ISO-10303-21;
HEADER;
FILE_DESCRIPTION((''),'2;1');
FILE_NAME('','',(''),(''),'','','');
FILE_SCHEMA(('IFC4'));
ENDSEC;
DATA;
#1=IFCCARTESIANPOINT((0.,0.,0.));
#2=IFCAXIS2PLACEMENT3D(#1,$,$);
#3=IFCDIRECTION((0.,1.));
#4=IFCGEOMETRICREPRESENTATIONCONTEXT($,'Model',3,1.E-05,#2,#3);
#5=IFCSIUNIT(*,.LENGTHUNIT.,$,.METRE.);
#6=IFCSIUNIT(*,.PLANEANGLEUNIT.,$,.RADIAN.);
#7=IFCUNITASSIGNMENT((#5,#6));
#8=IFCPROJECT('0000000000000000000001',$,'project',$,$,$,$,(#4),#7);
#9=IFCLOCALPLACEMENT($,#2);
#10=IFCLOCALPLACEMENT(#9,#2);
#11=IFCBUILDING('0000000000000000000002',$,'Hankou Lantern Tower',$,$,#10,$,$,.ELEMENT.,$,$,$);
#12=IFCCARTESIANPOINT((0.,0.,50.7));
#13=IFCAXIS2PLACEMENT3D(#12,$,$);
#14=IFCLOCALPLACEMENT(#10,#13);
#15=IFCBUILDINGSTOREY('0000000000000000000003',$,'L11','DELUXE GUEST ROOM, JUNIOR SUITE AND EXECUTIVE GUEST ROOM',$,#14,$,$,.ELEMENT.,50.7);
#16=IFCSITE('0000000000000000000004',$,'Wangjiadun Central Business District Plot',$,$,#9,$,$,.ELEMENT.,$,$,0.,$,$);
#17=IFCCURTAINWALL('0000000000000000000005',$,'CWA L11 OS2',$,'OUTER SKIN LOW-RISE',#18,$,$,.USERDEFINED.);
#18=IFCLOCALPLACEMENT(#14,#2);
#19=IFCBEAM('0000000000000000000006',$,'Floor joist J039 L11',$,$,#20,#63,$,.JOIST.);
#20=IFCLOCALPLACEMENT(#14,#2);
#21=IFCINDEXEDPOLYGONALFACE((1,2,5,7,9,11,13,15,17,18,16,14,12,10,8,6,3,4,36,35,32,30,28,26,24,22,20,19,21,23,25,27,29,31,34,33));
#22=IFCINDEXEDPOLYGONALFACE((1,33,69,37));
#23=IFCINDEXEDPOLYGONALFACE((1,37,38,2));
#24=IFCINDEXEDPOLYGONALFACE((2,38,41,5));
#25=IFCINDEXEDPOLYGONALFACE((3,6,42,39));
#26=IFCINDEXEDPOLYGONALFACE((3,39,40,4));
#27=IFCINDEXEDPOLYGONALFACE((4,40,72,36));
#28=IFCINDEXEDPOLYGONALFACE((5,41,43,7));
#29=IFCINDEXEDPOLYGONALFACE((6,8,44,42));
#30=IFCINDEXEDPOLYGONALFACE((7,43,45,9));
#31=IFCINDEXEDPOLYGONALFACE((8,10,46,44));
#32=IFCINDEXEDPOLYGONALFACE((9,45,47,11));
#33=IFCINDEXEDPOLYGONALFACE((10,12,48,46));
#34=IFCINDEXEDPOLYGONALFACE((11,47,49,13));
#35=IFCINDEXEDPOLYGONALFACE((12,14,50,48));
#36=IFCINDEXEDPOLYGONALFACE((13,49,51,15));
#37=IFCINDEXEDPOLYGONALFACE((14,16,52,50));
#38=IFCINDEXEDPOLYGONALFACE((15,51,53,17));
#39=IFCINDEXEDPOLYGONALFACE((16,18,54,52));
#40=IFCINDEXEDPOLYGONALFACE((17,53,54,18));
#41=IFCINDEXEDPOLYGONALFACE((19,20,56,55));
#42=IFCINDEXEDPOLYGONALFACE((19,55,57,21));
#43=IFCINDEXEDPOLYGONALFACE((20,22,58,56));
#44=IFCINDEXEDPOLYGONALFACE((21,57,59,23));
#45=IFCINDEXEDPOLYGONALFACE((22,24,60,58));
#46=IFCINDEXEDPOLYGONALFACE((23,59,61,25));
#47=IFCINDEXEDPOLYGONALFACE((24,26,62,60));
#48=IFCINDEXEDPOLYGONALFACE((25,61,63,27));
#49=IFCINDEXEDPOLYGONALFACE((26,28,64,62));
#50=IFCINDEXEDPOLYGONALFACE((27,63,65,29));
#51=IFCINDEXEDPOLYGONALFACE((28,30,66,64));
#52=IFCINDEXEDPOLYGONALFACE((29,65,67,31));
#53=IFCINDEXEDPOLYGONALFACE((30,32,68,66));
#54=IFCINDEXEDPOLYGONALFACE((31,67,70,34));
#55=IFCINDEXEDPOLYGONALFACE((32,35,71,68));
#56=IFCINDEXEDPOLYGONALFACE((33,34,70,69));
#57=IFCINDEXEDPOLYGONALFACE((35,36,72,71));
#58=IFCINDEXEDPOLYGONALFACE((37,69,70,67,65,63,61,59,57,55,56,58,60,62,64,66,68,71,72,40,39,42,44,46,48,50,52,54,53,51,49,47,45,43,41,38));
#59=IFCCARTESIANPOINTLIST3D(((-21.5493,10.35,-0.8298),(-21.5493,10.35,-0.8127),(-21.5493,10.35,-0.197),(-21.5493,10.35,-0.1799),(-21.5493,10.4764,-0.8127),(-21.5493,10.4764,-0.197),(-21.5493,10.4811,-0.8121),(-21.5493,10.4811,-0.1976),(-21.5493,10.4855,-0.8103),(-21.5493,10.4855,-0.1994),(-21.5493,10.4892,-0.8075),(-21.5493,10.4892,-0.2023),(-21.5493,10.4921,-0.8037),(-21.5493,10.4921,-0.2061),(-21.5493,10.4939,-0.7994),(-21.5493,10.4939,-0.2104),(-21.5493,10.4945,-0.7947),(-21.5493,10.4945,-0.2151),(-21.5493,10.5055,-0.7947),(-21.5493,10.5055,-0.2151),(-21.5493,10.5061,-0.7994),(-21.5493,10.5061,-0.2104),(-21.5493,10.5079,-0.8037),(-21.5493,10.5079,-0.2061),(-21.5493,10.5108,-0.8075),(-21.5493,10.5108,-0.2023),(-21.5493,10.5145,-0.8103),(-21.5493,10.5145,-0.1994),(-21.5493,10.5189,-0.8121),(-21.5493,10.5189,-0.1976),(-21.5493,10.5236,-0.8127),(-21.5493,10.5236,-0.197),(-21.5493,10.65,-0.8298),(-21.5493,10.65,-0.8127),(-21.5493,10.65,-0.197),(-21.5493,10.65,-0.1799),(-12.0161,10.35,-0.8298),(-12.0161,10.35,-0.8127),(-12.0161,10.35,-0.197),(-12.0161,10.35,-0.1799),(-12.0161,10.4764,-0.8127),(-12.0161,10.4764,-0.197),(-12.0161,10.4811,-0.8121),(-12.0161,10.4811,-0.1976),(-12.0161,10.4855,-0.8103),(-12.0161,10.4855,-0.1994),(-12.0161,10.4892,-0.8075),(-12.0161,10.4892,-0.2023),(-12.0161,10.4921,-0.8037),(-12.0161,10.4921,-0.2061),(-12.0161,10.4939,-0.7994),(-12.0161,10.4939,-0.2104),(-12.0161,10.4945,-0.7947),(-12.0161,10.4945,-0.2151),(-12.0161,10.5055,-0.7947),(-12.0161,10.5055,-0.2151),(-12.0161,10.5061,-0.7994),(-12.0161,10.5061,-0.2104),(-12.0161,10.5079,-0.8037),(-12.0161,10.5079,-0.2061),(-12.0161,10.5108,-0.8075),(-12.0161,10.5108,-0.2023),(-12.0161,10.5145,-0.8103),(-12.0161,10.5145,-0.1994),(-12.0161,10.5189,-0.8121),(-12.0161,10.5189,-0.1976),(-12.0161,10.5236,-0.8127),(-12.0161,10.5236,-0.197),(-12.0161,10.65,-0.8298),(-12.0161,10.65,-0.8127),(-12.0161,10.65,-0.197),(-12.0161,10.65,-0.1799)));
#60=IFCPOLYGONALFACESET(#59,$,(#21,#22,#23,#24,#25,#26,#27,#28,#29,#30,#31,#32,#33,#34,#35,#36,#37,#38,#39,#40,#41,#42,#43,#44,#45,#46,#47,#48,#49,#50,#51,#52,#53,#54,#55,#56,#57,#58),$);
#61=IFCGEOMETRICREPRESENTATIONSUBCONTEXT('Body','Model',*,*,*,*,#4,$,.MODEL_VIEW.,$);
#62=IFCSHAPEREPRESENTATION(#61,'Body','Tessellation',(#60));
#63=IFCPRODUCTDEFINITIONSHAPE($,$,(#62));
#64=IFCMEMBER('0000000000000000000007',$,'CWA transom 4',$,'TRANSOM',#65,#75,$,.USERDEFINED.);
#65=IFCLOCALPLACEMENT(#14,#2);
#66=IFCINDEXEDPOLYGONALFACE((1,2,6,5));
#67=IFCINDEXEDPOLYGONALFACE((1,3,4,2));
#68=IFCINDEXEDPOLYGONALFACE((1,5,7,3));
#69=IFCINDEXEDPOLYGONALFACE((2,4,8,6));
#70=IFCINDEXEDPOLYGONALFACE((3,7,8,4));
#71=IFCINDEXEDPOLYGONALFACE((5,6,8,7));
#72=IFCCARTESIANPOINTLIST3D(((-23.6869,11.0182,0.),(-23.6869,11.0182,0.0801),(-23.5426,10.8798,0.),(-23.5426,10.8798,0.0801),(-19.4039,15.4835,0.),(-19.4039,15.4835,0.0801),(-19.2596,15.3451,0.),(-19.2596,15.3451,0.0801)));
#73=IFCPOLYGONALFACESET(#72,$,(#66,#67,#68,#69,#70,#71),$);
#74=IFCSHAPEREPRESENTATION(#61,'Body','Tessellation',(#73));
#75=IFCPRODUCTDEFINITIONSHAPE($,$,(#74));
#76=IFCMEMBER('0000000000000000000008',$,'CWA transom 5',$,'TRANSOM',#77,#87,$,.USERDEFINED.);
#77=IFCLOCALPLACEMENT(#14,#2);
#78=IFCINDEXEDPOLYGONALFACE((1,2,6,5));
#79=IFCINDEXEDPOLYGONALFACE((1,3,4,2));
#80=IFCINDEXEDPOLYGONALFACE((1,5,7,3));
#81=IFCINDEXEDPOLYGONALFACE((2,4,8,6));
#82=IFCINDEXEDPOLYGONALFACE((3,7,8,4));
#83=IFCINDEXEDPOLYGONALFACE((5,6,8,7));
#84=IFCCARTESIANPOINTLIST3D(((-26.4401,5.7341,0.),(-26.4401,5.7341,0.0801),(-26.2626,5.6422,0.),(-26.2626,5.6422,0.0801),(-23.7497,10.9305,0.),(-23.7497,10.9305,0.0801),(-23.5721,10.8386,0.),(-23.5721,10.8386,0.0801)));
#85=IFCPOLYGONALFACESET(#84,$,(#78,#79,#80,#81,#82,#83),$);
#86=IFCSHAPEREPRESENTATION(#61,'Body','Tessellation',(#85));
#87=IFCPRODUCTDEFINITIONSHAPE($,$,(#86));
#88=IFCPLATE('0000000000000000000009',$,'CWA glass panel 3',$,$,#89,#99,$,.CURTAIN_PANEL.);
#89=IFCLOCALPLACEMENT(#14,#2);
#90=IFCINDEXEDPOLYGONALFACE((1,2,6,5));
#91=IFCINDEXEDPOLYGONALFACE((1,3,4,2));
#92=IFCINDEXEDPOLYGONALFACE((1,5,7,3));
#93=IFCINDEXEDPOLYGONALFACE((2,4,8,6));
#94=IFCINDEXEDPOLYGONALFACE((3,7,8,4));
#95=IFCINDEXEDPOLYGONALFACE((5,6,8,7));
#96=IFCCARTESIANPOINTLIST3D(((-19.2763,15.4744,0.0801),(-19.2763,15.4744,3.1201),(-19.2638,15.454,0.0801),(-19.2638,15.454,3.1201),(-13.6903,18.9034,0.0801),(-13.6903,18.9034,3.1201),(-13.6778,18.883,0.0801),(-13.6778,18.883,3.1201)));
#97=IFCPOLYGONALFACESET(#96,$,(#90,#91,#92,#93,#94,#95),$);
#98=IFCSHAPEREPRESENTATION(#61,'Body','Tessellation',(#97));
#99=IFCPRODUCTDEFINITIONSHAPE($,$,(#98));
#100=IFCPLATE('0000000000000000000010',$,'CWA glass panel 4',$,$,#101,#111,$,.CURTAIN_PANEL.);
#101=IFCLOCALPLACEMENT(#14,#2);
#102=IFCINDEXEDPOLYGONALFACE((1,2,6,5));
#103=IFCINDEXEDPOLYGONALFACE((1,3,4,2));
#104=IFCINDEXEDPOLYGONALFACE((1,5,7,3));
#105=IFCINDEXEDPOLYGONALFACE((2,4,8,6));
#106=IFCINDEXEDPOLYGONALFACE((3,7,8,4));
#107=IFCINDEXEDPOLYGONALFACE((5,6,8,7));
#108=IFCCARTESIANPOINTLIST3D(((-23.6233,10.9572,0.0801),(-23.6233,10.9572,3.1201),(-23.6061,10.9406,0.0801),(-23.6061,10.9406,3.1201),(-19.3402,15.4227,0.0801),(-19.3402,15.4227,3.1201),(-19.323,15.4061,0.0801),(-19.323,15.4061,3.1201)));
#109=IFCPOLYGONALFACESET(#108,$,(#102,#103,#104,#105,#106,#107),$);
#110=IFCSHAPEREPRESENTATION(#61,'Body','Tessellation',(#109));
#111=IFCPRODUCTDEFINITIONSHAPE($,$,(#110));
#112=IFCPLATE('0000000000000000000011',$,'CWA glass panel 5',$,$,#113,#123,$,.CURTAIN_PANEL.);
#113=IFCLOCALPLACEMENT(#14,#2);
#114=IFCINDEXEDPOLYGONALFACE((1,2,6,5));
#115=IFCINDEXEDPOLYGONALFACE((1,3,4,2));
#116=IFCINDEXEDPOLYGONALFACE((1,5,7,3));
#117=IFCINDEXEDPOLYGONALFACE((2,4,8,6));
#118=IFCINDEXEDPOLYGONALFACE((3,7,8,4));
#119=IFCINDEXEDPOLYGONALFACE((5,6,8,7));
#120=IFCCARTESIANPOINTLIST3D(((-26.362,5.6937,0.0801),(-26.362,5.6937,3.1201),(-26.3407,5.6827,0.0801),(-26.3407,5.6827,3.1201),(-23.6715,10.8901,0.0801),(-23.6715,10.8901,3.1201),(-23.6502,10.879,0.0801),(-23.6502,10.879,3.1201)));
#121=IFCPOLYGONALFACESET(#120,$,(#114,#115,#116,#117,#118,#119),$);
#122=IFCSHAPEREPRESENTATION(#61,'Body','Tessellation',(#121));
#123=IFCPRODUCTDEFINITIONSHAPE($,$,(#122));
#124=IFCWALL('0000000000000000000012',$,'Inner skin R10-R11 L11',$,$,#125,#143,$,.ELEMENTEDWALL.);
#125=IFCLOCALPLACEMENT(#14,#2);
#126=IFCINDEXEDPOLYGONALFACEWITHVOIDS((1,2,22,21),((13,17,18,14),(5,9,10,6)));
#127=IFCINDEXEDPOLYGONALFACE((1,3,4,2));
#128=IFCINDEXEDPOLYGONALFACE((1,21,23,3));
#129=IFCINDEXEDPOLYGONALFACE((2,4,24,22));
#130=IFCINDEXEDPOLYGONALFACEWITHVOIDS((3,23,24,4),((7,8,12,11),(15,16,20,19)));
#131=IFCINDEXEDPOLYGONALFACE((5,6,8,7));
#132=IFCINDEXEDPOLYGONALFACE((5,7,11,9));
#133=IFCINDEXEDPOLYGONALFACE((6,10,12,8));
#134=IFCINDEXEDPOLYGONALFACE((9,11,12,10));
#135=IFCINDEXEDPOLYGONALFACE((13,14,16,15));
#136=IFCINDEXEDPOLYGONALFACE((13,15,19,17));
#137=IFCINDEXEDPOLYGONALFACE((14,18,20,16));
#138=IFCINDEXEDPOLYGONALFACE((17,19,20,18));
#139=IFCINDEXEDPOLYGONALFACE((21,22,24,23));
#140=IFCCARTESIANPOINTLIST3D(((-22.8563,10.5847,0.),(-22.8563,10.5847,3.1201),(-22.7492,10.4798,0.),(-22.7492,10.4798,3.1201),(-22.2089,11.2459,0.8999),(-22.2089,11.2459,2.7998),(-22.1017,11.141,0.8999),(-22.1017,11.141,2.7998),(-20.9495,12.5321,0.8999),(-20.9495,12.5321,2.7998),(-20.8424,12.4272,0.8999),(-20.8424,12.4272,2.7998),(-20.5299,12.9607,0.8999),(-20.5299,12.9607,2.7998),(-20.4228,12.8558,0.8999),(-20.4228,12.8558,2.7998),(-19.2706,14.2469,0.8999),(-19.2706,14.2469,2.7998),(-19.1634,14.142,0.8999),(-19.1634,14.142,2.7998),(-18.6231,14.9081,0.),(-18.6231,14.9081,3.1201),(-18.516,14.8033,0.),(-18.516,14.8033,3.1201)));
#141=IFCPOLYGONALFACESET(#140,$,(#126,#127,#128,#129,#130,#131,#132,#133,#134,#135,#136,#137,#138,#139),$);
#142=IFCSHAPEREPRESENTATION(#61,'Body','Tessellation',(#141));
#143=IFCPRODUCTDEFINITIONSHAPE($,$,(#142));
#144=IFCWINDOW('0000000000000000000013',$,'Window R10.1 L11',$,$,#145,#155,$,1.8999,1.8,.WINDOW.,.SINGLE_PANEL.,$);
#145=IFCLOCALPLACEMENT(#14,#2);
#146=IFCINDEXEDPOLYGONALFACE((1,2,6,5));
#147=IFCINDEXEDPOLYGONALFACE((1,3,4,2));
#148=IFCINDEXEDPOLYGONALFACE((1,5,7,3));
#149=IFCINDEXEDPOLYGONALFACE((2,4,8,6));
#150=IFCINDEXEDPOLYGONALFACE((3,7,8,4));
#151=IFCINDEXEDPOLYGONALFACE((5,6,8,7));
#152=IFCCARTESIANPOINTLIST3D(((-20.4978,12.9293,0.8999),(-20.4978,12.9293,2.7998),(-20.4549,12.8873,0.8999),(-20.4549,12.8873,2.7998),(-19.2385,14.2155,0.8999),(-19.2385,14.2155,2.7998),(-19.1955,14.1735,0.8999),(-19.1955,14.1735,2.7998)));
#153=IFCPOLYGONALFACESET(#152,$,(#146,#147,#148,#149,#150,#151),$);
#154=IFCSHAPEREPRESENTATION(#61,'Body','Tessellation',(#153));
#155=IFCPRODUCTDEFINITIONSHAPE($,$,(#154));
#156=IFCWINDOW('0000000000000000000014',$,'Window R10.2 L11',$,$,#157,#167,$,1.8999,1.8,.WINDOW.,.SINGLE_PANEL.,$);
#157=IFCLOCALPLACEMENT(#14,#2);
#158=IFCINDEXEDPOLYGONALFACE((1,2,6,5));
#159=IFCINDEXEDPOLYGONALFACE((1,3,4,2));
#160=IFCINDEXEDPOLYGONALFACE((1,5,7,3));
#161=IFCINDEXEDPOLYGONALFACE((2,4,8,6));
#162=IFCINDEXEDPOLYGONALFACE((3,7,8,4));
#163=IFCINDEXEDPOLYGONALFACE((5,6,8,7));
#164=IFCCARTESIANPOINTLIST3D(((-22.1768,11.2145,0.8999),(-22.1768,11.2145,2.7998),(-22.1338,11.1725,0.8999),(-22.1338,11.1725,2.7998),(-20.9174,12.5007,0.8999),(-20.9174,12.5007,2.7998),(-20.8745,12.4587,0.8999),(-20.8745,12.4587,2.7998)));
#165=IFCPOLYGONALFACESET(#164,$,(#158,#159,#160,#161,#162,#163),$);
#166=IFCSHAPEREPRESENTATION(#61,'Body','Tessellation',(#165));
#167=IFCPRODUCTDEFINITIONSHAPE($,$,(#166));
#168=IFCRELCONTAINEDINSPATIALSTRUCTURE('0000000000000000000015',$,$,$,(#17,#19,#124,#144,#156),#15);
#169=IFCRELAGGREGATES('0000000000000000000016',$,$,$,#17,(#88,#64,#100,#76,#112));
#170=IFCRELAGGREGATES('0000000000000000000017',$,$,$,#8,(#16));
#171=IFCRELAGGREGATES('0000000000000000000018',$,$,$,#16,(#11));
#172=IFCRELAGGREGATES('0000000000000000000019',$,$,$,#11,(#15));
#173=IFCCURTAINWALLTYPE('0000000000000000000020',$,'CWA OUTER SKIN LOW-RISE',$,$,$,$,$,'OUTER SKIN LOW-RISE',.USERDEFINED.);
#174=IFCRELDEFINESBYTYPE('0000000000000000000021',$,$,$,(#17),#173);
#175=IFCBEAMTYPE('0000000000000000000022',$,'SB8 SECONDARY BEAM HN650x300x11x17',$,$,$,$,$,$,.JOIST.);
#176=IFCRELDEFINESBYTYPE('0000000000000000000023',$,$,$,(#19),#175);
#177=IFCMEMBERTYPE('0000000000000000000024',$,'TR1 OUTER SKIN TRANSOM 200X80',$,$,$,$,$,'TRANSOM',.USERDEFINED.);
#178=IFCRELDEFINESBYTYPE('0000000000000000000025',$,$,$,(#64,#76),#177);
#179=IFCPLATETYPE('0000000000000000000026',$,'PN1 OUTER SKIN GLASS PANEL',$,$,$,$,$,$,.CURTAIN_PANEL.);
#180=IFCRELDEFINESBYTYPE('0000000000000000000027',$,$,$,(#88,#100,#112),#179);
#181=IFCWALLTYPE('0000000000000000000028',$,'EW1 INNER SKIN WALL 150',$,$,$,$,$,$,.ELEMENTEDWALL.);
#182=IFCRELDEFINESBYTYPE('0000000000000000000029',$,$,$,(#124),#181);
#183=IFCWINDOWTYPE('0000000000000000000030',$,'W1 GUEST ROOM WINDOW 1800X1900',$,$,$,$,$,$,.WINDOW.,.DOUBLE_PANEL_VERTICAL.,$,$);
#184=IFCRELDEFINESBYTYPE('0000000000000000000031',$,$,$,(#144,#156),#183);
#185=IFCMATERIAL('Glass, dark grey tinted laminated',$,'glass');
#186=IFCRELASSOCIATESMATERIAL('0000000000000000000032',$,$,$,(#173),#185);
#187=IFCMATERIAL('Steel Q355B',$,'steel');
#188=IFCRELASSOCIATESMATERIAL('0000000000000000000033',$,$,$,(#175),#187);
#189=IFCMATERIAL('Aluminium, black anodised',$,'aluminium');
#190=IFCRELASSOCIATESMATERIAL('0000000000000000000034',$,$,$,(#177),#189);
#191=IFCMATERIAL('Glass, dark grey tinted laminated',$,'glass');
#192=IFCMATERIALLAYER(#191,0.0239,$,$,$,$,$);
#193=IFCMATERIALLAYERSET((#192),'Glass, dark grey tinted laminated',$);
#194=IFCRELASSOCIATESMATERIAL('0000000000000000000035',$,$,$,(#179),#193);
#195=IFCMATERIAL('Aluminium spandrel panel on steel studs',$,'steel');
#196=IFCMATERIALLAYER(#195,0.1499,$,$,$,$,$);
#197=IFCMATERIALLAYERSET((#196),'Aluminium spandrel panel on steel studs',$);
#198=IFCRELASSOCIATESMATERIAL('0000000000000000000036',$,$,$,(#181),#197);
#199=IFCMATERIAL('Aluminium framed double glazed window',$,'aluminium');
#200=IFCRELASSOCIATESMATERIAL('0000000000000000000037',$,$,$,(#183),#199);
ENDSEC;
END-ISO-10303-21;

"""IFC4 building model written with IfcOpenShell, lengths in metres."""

from ifc_helpers import new_model, si_unit, direction, frame, frame_2d, origin, origin_2d, place, context, subcontext, project, spatial, rectangle, i_section, extrude, material, layer, layer_set, material_profile, profile_set, type_object, element, fill, aggregate, save


model = new_model("IFC4")

# Units and contexts
model_context = context("Model", 3, precision=1e-05, world=origin(), true_north=direction((0.0, 1.0)))
body_context = subcontext(model_context, "Body", "Model", "MODEL_VIEW")
ifc_project = project(units=[si_unit("LENGTHUNIT", "METRE"), si_unit("PLANEANGLEUNIT", "RADIAN")], contexts=[model_context])

# Site, building, storey
site_placement = place(None, origin())
site = spatial("IfcSite", under=ifc_project, at=site_placement, Name="Wangjiadun Central Business District Plot", CompositionType="ELEMENT", RefElevation=0.0)
building_placement = place(site_placement, origin())
building = spatial("IfcBuilding", under=site, at=building_placement, Name="Hankou Lantern Tower", CompositionType="ELEMENT")
storey_placement = place(building_placement, frame((0.0, 0.0, 50.7)))
storey = spatial("IfcBuildingStorey", under=building, at=storey_placement, Name="L11", Description="DELUXE GUEST ROOM, JUNIOR SUITE AND EXECUTIVE GUEST ROOM", CompositionType="ELEMENT", Elevation=50.7)

# Curtain wall
ifc_material_1 = material(Name="Glass, dark grey tinted laminated", Category="glass")
curtain_wall_type = type_object("IfcCurtainWallType", Name="CWA OUTER SKIN LOW-RISE", ElementType="OUTER SKIN LOW-RISE", PredefinedType="USERDEFINED", material=ifc_material_1)
curtain_wall_placement = place(storey_placement, origin())
curtain_wall = element("IfcCurtainWall", 1, at=curtain_wall_placement, inside=storey, type_object=curtain_wall_type, Name="CWA L11 OS2", ObjectType="OUTER SKIN LOW-RISE", PredefinedType="USERDEFINED")

# Beam
ifc_material_2 = material(Name="Steel Q355B", Category="steel")
ifc_material_profile_1 = material_profile(ifc_material_2, i_section(OverallWidth=0.3, OverallDepth=0.6499, WebThickness=0.011, FlangeThickness=0.0171, FilletRadius=0.0181, at=origin_2d()), Name="HN650x300x11x17")
ifc_profile_set_1 = profile_set([ifc_material_profile_1], Name="Steel Q355B")
beam_type_1 = type_object("IfcBeamType", Name="SB8 SECONDARY BEAM HN650x300x11x17", PredefinedType="JOIST", material=ifc_profile_set_1)
beam_1_placement = place(storey_placement, frame((-21.5493, 10.5, -0.5049), z_axis=(1.0, 0.0, 0.0), x_axis=(0.0, 1.0, 0.0)))
element("IfcBeam", 2, at=beam_1_placement, inside=storey, type_object=beam_type_1, Name="Floor joist J039 L11", PredefinedType="JOIST", context=body_context, shape_type="SweptSolid", body=[
    extrude(i_section(OverallWidth=0.3, OverallDepth=0.6499, WebThickness=0.011, FlangeThickness=0.0171, FilletRadius=0.0181, at=origin_2d()), origin(), (0.0, 0.0, 1.0), 9.5332),
])

# Members
ifc_material_3 = material(Name="Aluminium, black anodised", Category="aluminium")
ifc_material_profile_2 = material_profile(ifc_material_3, rectangle(XDim=0.2, YDim=0.0801, at=origin_2d()), Name="TR1 200X80")
ifc_profile_set_2 = profile_set([ifc_material_profile_2], Name="Aluminium, black anodised")
member_type_1 = type_object("IfcMemberType", Name="TR1 OUTER SKIN TRANSOM 200X80", ElementType="TRANSOM", PredefinedType="USERDEFINED", material=ifc_profile_set_2)
member_1_placement = place(storey_placement, frame((-19.3318, 15.4143, 0.04), z_axis=(-0.692216, -0.721691, 0.0), x_axis=(0.721691, -0.692216, 0.0)))
member_1 = element("IfcMember", 3, at=member_1_placement, type_object=member_type_1, Name="CWA transom 4", ObjectType="TRANSOM", PredefinedType="USERDEFINED", context=body_context, shape_type="SweptSolid", body=[
    extrude(rectangle(XDim=0.2, YDim=0.0801, at=origin_2d()), origin(), (0.0, 0.0, 1.0), 6.1873),
])
member_2_placement = place(storey_placement, frame((-23.6609, 10.8845, 0.04), z_axis=(-0.459786, -0.88803, 0.0), x_axis=(0.88803, -0.459786, 0.0)))
member_2 = element("IfcMember", 4, at=member_2_placement, type_object=member_type_1, Name="CWA transom 5", ObjectType="TRANSOM", PredefinedType="USERDEFINED", context=body_context, shape_type="SweptSolid", body=[
    extrude(rectangle(XDim=0.2, YDim=0.0801, at=origin_2d()), origin(), (0.0, 0.0, 1.0), 5.8516),
])

# Plates
ifc_material_4 = material(Name="Glass, dark grey tinted laminated", Category="glass")
ifc_layer_1 = layer(ifc_material_4, 0.0239)
ifc_layer_set_1 = layer_set([ifc_layer_1], Name="Glass, dark grey tinted laminated")
plate_type = type_object("IfcPlateType", Name="PN1 OUTER SKIN GLASS PANEL", PredefinedType="CURTAIN_PANEL", material=ifc_layer_set_1)
plate_1_placement = place(storey_placement, frame((-16.4771, 17.1787, 0.0801), z_axis=(0.0, 0.0, 1.0), x_axis=(-0.852237, -0.523156, 0.0)))
plate_1 = element("IfcPlate", 5, at=plate_1_placement, type_object=plate_type, Name="CWA glass panel 3", PredefinedType="CURTAIN_PANEL", context=body_context, shape_type="SweptSolid", body=[
    extrude(rectangle(XDim=6.5544, YDim=0.0239, at=origin_2d()), origin(), (0.0, 0.0, 1.0), 3.04),
])
plate_2_placement = place(storey_placement, frame((-21.4731, 13.1816, 0.0801), z_axis=(0.0, 0.0, 1.0), x_axis=(-0.692216, -0.721691, 0.0)))
plate_2 = element("IfcPlate", 6, at=plate_2_placement, type_object=plate_type, Name="CWA glass panel 4", PredefinedType="CURTAIN_PANEL", context=body_context, shape_type="SweptSolid", body=[
    extrude(rectangle(XDim=6.1875, YDim=0.0239, at=origin_2d()), origin(), (0.0, 0.0, 1.0), 3.04),
])
plate_3_placement = place(storey_placement, frame((-25.0061, 8.2864, 0.0801), z_axis=(0.0, 0.0, 1.0), x_axis=(-0.459791, -0.888027, 0.0)))
plate_3 = element("IfcPlate", 7, at=plate_3_placement, type_object=plate_type, Name="CWA glass panel 5", PredefinedType="CURTAIN_PANEL", context=body_context, shape_type="SweptSolid", body=[
    extrude(rectangle(XDim=5.8516, YDim=0.0239, at=origin_2d()), origin(), (0.0, 0.0, 1.0), 3.04),
])
aggregate(curtain_wall, [plate_1, member_1, plate_2, member_2, plate_3])

# Wall, openings, windows
ifc_material_5 = material(Name="Aluminium spandrel panel on steel studs", Category="steel")
ifc_layer_2 = layer(ifc_material_5, 0.1499)
ifc_layer_set_2 = layer_set([ifc_layer_2], Name="Aluminium spandrel panel on steel studs")
wall_type_1 = type_object("IfcWallType", Name="EW1 INNER SKIN WALL 150", PredefinedType="ELEMENTEDWALL", material=ifc_layer_set_2)
wall_1_placement = place(storey_placement, frame((-18.5696, 14.8557, 0.0), z_axis=(0.0, 0.0, 1.0), x_axis=(-0.699603, -0.714532, 0.0)))
wall_1 = element("IfcWall", 8, at=wall_1_placement, inside=storey, type_object=wall_type_1, Name="Inner skin R10-R11 L11", PredefinedType="ELEMENTEDWALL", context=body_context, shape_type="SweptSolid", body=[
    extrude(rectangle(XDim=6.0508, YDim=0.1499, at=frame_2d((3.0254, 0.0))), origin(), (0.0, 0.0, 1.0), 3.1201),
])
opening_1_placement = place(wall_1_placement, frame((0.9255, 0.0, 0.8999)))
opening_1 = element("IfcOpeningElement", 9, at=opening_1_placement, cuts=wall_1, PredefinedType="OPENING", context=body_context, shape_type="SweptSolid", body=[
    extrude(rectangle(XDim=1.8, YDim=1.8999, at=frame_2d((0.8999, 0.95))), frame((0.0, 0.085, 0.0), z_axis=(0.0, -1.0, 0.0), x_axis=(1.0, 0.0, 0.0)), (0.0, 0.0, 1.0), 0.1699),
])
opening_2_placement = place(wall_1_placement, frame((3.3254, 0.0, 0.8999)))
opening_2 = element("IfcOpeningElement", 10, at=opening_2_placement, cuts=wall_1, PredefinedType="OPENING", context=body_context, shape_type="SweptSolid", body=[
    extrude(rectangle(XDim=1.8, YDim=1.8999, at=frame_2d((0.8999, 0.95))), frame((0.0, 0.085, 0.0), z_axis=(0.0, -1.0, 0.0), x_axis=(1.0, 0.0, 0.0)), (0.0, 0.0, 1.0), 0.1699),
])
ifc_material_6 = material(Name="Aluminium framed double glazed window", Category="aluminium")
window_type = type_object("IfcWindowType", Name="W1 GUEST ROOM WINDOW 1800X1900", PartitioningType="DOUBLE_PANEL_VERTICAL", PredefinedType="WINDOW", material=ifc_material_6)
window_1_placement = place(opening_1_placement, origin())
window_1 = element("IfcWindow", 11, at=window_1_placement, inside=storey, type_object=window_type, Name="Window R10.1 L11", OverallHeight=1.8999, OverallWidth=1.8, PartitioningType="SINGLE_PANEL", PredefinedType="WINDOW", context=body_context, shape_type="SweptSolid", body=[
    extrude(rectangle(XDim=1.8, YDim=1.8999, at=frame_2d((0.8999, 0.95))), frame((0.0, 0.03, 0.0), z_axis=(0.0, -1.0, 0.0), x_axis=(1.0, 0.0, 0.0)), (0.0, 0.0, 1.0), 0.0601),
])
fill(opening_1, window_1)
window_2_placement = place(opening_2_placement, origin())
window_2 = element("IfcWindow", 12, at=window_2_placement, inside=storey, type_object=window_type, Name="Window R10.2 L11", OverallHeight=1.8999, OverallWidth=1.8, PartitioningType="SINGLE_PANEL", PredefinedType="WINDOW", context=body_context, shape_type="SweptSolid", body=[
    extrude(rectangle(XDim=1.8, YDim=1.8999, at=frame_2d((0.8999, 0.95))), frame((0.0, 0.03, 0.0), z_axis=(0.0, -1.0, 0.0), x_axis=(1.0, 0.0, 0.0)), (0.0, 0.0, 1.0), 0.0601),
])
fill(opening_2, window_2)

save(model, "model.ifc")
